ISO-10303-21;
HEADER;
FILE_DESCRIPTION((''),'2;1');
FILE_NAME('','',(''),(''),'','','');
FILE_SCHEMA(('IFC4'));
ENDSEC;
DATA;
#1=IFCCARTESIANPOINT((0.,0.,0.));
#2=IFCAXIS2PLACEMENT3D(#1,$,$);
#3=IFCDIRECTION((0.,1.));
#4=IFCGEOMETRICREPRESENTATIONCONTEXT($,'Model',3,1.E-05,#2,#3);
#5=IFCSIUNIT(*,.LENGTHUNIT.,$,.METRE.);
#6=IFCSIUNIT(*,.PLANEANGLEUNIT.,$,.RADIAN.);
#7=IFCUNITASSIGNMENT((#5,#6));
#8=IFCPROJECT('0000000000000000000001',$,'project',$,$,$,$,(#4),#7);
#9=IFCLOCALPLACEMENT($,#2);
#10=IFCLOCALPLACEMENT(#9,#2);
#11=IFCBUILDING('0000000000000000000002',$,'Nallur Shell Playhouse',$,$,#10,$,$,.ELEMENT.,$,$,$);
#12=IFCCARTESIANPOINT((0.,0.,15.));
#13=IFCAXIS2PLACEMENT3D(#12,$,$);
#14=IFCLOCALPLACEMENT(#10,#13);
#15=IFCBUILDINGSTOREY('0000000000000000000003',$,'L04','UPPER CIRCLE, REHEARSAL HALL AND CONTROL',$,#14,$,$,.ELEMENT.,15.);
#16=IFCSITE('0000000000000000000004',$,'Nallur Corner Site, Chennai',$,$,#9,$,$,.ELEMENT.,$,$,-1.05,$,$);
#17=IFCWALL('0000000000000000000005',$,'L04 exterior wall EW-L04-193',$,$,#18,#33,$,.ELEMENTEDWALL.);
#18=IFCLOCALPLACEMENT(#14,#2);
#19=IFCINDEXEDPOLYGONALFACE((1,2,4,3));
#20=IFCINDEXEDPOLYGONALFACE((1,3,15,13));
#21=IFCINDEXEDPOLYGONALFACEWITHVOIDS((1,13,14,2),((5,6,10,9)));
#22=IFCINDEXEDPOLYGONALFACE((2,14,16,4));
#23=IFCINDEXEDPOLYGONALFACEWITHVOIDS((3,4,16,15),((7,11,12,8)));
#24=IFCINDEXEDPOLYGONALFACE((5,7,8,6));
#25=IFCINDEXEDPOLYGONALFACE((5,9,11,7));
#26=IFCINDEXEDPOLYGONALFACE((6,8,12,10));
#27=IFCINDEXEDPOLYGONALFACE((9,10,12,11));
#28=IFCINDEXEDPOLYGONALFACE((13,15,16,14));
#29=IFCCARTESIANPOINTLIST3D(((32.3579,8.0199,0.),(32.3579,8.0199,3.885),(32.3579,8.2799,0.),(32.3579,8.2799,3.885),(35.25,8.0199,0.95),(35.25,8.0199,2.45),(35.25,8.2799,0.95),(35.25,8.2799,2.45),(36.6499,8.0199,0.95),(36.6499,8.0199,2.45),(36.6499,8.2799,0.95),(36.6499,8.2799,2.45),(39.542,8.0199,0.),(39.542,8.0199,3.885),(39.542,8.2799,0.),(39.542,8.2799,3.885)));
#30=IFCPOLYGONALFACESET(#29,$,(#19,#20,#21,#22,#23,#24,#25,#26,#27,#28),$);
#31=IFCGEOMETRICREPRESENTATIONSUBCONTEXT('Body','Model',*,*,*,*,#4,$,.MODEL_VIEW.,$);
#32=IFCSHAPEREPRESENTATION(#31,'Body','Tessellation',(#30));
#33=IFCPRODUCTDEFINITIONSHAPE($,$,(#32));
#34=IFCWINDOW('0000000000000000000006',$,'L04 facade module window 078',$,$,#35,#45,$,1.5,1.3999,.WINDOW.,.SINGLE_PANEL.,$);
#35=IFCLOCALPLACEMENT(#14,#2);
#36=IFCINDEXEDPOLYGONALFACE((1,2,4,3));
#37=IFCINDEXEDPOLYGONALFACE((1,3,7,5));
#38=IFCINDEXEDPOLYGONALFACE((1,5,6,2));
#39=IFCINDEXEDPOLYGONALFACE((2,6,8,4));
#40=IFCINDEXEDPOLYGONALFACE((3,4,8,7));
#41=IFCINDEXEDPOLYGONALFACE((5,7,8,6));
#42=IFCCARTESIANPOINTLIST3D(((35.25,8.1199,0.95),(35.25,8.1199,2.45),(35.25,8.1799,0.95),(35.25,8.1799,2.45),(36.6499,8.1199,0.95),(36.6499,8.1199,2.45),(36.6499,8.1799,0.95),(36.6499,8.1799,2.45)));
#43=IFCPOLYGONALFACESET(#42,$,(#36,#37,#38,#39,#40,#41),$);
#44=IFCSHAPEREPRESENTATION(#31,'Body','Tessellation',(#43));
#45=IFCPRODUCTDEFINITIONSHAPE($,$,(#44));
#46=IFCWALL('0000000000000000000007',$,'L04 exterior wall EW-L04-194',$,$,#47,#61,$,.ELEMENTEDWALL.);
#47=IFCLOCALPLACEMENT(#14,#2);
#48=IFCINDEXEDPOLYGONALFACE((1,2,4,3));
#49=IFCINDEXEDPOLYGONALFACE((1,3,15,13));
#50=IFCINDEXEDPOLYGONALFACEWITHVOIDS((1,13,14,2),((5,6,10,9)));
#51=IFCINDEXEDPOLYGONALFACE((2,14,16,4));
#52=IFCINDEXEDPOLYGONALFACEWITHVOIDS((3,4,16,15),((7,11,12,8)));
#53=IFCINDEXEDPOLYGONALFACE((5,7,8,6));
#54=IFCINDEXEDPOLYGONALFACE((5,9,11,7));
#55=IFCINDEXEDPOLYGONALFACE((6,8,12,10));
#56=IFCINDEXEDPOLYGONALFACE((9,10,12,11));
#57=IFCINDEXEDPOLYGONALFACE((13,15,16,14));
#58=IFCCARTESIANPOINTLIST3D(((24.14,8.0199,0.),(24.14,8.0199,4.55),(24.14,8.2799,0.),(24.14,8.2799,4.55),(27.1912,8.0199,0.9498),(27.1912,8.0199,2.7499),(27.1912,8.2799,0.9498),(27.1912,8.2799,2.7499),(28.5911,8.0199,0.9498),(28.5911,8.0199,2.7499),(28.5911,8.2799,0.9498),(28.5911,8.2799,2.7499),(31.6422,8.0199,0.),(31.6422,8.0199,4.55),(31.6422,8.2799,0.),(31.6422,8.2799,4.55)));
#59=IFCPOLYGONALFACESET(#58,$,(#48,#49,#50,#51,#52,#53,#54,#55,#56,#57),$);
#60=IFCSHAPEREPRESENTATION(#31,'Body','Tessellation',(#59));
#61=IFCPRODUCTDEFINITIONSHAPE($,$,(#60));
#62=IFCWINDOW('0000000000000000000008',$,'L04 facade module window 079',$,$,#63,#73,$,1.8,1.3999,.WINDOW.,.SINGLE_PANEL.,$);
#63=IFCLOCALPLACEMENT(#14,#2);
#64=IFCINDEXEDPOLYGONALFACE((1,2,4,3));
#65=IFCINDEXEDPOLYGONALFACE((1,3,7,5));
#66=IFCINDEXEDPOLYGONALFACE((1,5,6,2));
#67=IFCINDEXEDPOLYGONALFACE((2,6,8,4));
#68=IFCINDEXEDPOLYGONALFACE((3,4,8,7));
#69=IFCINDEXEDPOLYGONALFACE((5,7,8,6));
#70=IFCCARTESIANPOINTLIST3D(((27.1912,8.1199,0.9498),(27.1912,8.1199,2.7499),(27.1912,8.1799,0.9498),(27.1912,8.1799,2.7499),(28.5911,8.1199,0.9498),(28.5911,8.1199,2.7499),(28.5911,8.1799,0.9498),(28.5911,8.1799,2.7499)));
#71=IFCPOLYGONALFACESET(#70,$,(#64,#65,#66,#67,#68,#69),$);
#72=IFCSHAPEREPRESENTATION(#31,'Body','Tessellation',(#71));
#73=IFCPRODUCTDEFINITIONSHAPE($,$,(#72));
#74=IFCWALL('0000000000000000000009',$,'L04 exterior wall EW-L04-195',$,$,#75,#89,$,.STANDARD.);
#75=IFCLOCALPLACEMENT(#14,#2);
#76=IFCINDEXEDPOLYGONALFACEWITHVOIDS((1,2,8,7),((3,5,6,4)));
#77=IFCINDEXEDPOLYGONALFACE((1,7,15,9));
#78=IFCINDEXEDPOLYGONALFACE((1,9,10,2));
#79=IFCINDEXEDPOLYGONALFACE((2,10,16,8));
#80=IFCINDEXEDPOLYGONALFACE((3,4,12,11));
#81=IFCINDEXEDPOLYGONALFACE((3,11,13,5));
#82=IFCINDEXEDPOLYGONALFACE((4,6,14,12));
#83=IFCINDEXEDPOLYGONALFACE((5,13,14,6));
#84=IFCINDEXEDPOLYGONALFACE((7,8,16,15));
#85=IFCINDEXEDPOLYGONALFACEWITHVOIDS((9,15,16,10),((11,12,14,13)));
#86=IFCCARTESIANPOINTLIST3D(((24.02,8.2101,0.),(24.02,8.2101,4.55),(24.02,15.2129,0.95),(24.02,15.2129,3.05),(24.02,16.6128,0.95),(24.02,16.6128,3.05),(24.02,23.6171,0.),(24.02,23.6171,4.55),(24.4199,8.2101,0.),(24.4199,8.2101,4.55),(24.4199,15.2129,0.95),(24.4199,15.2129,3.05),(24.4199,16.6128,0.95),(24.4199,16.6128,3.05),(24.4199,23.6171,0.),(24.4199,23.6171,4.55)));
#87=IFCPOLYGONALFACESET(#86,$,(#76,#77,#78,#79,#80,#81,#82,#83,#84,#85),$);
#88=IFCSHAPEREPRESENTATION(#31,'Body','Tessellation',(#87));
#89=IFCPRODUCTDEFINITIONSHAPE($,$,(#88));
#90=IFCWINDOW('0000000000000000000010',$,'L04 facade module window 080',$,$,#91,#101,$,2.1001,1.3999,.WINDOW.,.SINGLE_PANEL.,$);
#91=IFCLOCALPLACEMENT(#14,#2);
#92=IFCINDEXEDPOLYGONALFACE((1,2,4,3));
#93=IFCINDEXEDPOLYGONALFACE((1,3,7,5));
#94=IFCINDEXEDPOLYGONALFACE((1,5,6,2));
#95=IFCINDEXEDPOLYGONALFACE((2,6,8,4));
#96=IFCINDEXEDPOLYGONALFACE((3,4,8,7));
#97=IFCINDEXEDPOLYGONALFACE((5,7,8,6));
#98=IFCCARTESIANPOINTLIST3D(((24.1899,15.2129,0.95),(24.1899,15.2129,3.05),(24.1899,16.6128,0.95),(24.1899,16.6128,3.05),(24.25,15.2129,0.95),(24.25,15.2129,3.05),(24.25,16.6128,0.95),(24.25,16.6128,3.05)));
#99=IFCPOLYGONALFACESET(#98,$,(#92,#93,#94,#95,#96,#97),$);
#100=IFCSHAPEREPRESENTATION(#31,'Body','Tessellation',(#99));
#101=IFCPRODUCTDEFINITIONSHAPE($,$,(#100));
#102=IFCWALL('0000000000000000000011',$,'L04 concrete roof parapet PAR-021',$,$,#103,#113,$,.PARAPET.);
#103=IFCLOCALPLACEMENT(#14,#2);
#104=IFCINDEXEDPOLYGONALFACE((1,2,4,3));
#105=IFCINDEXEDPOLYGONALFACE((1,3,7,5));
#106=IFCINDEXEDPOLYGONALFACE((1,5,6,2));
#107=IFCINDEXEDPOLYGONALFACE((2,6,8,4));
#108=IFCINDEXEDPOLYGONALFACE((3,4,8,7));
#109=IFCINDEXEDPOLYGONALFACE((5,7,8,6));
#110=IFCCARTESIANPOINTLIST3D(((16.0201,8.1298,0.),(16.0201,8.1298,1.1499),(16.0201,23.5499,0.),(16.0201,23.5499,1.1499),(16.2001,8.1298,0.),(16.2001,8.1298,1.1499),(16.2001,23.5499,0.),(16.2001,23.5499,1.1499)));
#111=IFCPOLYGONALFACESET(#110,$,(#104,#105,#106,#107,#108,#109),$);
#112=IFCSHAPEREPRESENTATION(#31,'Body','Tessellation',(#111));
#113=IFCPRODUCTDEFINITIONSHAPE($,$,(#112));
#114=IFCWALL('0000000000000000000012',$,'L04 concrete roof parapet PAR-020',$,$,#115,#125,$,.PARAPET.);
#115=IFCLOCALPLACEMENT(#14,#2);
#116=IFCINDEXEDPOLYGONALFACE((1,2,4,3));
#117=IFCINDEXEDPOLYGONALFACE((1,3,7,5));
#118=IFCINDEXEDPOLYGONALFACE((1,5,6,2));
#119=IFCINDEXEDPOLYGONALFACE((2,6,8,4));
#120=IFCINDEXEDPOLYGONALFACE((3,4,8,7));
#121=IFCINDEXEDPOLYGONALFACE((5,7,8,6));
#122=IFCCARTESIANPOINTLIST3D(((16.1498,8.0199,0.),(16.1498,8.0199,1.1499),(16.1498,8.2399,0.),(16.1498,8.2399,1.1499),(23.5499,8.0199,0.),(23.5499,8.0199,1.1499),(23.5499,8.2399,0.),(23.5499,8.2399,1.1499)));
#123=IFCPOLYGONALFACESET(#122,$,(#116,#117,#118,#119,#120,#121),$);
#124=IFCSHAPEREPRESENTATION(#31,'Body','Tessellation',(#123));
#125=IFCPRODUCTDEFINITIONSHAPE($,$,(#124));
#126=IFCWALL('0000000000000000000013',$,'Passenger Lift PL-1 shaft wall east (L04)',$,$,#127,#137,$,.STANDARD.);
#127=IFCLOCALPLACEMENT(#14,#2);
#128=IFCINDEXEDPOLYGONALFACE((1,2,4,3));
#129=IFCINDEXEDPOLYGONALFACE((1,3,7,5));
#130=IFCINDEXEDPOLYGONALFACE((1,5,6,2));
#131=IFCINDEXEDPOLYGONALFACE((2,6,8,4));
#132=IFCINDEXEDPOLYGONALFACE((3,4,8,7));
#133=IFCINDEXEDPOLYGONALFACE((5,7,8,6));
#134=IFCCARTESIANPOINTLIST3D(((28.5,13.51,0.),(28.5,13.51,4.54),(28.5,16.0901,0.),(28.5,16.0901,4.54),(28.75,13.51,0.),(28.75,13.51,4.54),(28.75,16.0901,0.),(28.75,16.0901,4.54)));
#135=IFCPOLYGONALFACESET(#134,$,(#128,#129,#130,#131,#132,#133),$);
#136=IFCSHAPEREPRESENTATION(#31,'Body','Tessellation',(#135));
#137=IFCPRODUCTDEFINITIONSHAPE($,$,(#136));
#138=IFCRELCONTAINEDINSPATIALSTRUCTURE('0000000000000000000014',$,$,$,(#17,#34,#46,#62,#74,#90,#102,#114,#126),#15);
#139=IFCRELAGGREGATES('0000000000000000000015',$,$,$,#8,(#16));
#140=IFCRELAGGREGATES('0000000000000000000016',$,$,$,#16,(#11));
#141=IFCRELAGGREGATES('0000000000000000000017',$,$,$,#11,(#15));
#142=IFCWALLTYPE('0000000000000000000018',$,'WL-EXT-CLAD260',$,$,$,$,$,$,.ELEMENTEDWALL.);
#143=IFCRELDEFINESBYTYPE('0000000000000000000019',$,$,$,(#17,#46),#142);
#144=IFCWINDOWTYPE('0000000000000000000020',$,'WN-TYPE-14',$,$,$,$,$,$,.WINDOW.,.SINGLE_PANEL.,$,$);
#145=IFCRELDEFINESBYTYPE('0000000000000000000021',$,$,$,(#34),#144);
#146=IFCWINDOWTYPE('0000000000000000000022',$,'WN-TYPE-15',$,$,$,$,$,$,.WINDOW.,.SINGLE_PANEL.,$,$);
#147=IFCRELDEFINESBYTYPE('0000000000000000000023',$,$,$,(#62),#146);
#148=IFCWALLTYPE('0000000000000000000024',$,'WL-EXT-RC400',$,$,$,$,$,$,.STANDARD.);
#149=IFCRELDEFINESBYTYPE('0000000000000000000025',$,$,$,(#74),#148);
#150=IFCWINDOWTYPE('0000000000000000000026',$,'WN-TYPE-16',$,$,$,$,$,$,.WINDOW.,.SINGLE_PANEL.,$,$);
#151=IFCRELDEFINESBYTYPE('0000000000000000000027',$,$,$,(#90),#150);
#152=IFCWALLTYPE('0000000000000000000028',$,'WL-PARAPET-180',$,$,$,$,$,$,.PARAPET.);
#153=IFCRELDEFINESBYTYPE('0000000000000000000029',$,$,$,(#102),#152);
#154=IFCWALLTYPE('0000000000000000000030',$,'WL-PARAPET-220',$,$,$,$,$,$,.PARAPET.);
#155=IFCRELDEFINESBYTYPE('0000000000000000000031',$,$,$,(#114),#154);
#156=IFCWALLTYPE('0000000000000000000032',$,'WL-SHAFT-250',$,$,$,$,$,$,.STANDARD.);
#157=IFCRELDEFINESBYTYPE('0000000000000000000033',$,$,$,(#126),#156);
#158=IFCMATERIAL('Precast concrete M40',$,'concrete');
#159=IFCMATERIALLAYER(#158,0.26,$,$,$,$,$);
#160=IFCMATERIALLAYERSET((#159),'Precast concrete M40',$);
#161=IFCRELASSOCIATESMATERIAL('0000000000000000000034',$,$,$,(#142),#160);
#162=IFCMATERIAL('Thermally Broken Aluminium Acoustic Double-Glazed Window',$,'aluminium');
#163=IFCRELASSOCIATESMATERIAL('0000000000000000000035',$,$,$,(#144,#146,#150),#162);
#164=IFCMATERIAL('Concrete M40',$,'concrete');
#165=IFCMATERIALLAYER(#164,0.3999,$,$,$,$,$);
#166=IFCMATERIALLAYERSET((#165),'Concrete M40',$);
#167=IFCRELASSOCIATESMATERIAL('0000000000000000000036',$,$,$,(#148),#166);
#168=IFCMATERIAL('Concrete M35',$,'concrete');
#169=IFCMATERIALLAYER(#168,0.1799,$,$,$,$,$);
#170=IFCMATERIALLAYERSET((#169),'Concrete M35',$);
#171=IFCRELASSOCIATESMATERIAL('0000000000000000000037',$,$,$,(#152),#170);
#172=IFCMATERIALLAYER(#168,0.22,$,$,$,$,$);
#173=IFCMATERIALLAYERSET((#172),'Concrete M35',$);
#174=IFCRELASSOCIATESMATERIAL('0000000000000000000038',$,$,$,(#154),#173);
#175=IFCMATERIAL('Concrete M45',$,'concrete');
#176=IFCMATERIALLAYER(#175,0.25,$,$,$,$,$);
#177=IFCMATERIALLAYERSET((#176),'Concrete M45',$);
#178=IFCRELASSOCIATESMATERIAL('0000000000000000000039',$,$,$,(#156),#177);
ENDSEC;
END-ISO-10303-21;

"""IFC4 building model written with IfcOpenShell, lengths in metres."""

from ifc_helpers import new_model, si_unit, direction, frame, frame_2d, origin, place, context, subcontext, project, spatial, rectangle, extrude, material, layer, layer_set, type_object, element, fill, save


model = new_model("IFC4")

# Units and contexts
model_context = context("Model", 3, precision=1e-05, world=origin(), true_north=direction((0.0, 1.0)))
body_context = subcontext(model_context, "Body", "Model", "MODEL_VIEW")
ifc_project = project(units=[si_unit("LENGTHUNIT", "METRE"), si_unit("PLANEANGLEUNIT", "RADIAN")], contexts=[model_context])

# Site, building, storey
site_placement = place(None, origin())
site = spatial("IfcSite", under=ifc_project, at=site_placement, Name="Nallur Corner Site, Chennai", CompositionType="ELEMENT", RefElevation=-1.05)
building_placement = place(site_placement, origin())
building = spatial("IfcBuilding", under=site, at=building_placement, Name="Nallur Shell Playhouse", CompositionType="ELEMENT")
storey_placement = place(building_placement, frame((0.0, 0.0, 15.0)))
storey = spatial("IfcBuildingStorey", under=building, at=storey_placement, Name="L04", Description="UPPER CIRCLE, REHEARSAL HALL AND CONTROL", CompositionType="ELEMENT", Elevation=15.0)

# Shared definitions
ifc_material_1 = material(Name="Concrete M40", Category="concrete")

# Shared definitions
ifc_material_2 = material(Name="Concrete M35", Category="concrete")

# Shared definitions
ifc_material_3 = material(Name="Concrete M45", Category="concrete")

# Walls, openings, windows
ifc_material_4 = material(Name="Precast concrete M40", Category="concrete")
ifc_layer_1 = layer(ifc_material_4, 0.26)
ifc_layer_set_1 = layer_set([ifc_layer_1], Name="Precast concrete M40")
wall_type_1 = type_object("IfcWallType", Name="WL-EXT-CLAD260", PredefinedType="ELEMENTEDWALL", material=ifc_layer_set_1)
wall_1_placement = place(storey_placement, frame((39.542, 8.1499, 0.0), z_axis=(0.0, 0.0, 1.0), x_axis=(-1.0, 0.0, 0.0)))
wall_1 = element("IfcWall", 1, at=wall_1_placement, inside=storey, type_object=wall_type_1, Name="L04 exterior wall EW-L04-193", PredefinedType="ELEMENTEDWALL", context=body_context, shape_type="SweptSolid", body=[
    extrude(rectangle(XDim=7.1841, YDim=0.26, at=frame_2d((3.592, 0.0))), origin(), (0.0, 0.0, 1.0), 3.885),
])
opening_1_placement = place(wall_1_placement, frame((2.8921, 0.0, 0.95)))
opening_1 = element("IfcOpeningElement", 2, at=opening_1_placement, cuts=wall_1, PredefinedType="OPENING", context=body_context, shape_type="SweptSolid", body=[
    extrude(rectangle(XDim=1.3999, YDim=1.5, at=frame_2d((0.7, 0.75))), frame((0.0, 0.1401, 0.0), z_axis=(0.0, -1.0, 0.0), x_axis=(1.0, 0.0, 0.0)), (0.0, 0.0, 1.0), 0.28),
])
ifc_material_5 = material(Name="Thermally Broken Aluminium Acoustic Double-Glazed Window", Category="aluminium")
window_type_1 = type_object("IfcWindowType", Name="WN-TYPE-14", PartitioningType="SINGLE_PANEL", PredefinedType="WINDOW", material=ifc_material_5)
window_1_placement = place(opening_1_placement, origin())
window_1 = element("IfcWindow", 3, at=window_1_placement, inside=storey, type_object=window_type_1, Name="L04 facade module window 078", OverallHeight=1.5, OverallWidth=1.3999, PartitioningType="SINGLE_PANEL", PredefinedType="WINDOW", context=body_context, shape_type="SweptSolid", body=[
    extrude(rectangle(XDim=1.3999, YDim=1.5, at=frame_2d((0.7, 0.75))), frame((0.0, 0.03, 0.0), z_axis=(0.0, -1.0, 0.0), x_axis=(1.0, 0.0, 0.0)), (0.0, 0.0, 1.0), 0.0601),
])
fill(opening_1, window_1)
wall_2_placement = place(storey_placement, frame((31.6421, 8.1499, 0.0), z_axis=(0.0, 0.0, 1.0), x_axis=(-1.0, 0.0, 0.0)))
wall_2 = element("IfcWall", 4, at=wall_2_placement, inside=storey, type_object=wall_type_1, Name="L04 exterior wall EW-L04-194", PredefinedType="ELEMENTEDWALL", context=body_context, shape_type="SweptSolid", body=[
    extrude(rectangle(XDim=7.5022, YDim=0.26, at=frame_2d((3.751, 0.0))), origin(), (0.0, 0.0, 1.0), 4.55),
])
opening_2_placement = place(wall_2_placement, frame((3.051, 0.0, 0.95)))
opening_2 = element("IfcOpeningElement", 5, at=opening_2_placement, cuts=wall_2, PredefinedType="OPENING", context=body_context, shape_type="SweptSolid", body=[
    extrude(rectangle(XDim=1.3999, YDim=1.8, at=frame_2d((0.7, 0.8999))), frame((0.0, 0.1401, 0.0), z_axis=(0.0, -1.0, 0.0), x_axis=(1.0, 0.0, 0.0)), (0.0, 0.0, 1.0), 0.28),
])
window_type_2 = type_object("IfcWindowType", Name="WN-TYPE-15", PartitioningType="SINGLE_PANEL", PredefinedType="WINDOW", material=ifc_material_5)
window_2_placement = place(opening_2_placement, origin())
window_2 = element("IfcWindow", 6, at=window_2_placement, inside=storey, type_object=window_type_2, Name="L04 facade module window 079", OverallHeight=1.8, OverallWidth=1.3999, PartitioningType="SINGLE_PANEL", PredefinedType="WINDOW", context=body_context, shape_type="SweptSolid", body=[
    extrude(rectangle(XDim=1.3999, YDim=1.8, at=frame_2d((0.7, 0.8999))), frame((0.0, 0.03, 0.0), z_axis=(0.0, -1.0, 0.0), x_axis=(1.0, 0.0, 0.0)), (0.0, 0.0, 1.0), 0.0601),
])
fill(opening_2, window_2)
ifc_layer_2 = layer(ifc_material_1, 0.3999)
ifc_layer_set_2 = layer_set([ifc_layer_2], Name="Concrete M40")
wall_type_2 = type_object("IfcWallType", Name="WL-EXT-RC400", PredefinedType="STANDARD", material=ifc_layer_set_2)
wall_3_placement = place(storey_placement, frame((24.22, 8.21, 0.0), z_axis=(0.0, 0.0, 1.0), x_axis=(0.0, 1.0, 0.0)))
wall_3 = element("IfcWall", 7, at=wall_3_placement, inside=storey, type_object=wall_type_2, Name="L04 exterior wall EW-L04-195", PredefinedType="STANDARD", context=body_context, shape_type="SweptSolid", body=[
    extrude(rectangle(XDim=15.407, YDim=0.3999, at=frame_2d((7.7036, 0.0))), origin(), (0.0, 0.0, 1.0), 4.55),
])
opening_3_placement = place(wall_3_placement, frame((7.0029, 0.0, 0.95)))
opening_3 = element("IfcOpeningElement", 8, at=opening_3_placement, cuts=wall_3, PredefinedType="OPENING", context=body_context, shape_type="SweptSolid", body=[
    extrude(rectangle(XDim=1.3999, YDim=2.1001, at=frame_2d((0.7, 1.05))), frame((0.0, 0.21, 0.0), z_axis=(0.0, -1.0, 0.0), x_axis=(1.0, 0.0, 0.0)), (0.0, 0.0, 1.0), 0.4199),
])
window_type_3 = type_object("IfcWindowType", Name="WN-TYPE-16", PartitioningType="SINGLE_PANEL", PredefinedType="WINDOW", material=ifc_material_5)
window_3_placement = place(opening_3_placement, origin())
window_3 = element("IfcWindow", 9, at=window_3_placement, inside=storey, type_object=window_type_3, Name="L04 facade module window 080", OverallHeight=2.1001, OverallWidth=1.3999, PartitioningType="SINGLE_PANEL", PredefinedType="WINDOW", context=body_context, shape_type="SweptSolid", body=[
    extrude(rectangle(XDim=1.3999, YDim=2.1001, at=frame_2d((0.7, 1.05))), frame((0.0, 0.03, 0.0), z_axis=(0.0, -1.0, 0.0), x_axis=(1.0, 0.0, 0.0)), (0.0, 0.0, 1.0), 0.0601),
])
fill(opening_3, window_3)

# Walls
ifc_layer_3 = layer(ifc_material_2, 0.1799)
ifc_layer_set_3 = layer_set([ifc_layer_3], Name="Concrete M35")
wall_type_3 = type_object("IfcWallType", Name="WL-PARAPET-180", PredefinedType="PARAPET", material=ifc_layer_set_3)
wall_4_placement = place(storey_placement, frame((16.1101, 8.1299, 0.0), z_axis=(0.0, 0.0, 1.0), x_axis=(0.0, 1.0, 0.0)))
element("IfcWall", 10, at=wall_4_placement, inside=storey, type_object=wall_type_3, Name="L04 concrete roof parapet PAR-021", PredefinedType="PARAPET", context=body_context, shape_type="SweptSolid", body=[
    extrude(rectangle(XDim=15.4202, YDim=0.1799, at=frame_2d((7.71, 0.0))), origin(), (0.0, 0.0, 1.0), 1.1499),
])
ifc_layer_4 = layer(ifc_material_2, 0.22)
ifc_layer_set_4 = layer_set([ifc_layer_4], Name="Concrete M35")
wall_type_4 = type_object("IfcWallType", Name="WL-PARAPET-220", PredefinedType="PARAPET", material=ifc_layer_set_4)
wall_5_placement = place(storey_placement, frame((23.55, 8.1299, 0.0), z_axis=(0.0, 0.0, 1.0), x_axis=(-1.0, 0.0, 0.0)))
element("IfcWall", 11, at=wall_5_placement, inside=storey, type_object=wall_type_4, Name="L04 concrete roof parapet PAR-020", PredefinedType="PARAPET", context=body_context, shape_type="SweptSolid", body=[
    extrude(rectangle(XDim=7.4001, YDim=0.22, at=frame_2d((3.7002, 0.0))), origin(), (0.0, 0.0, 1.0), 1.1499),
])

# Shared definitions
ifc_layer_5 = layer(ifc_material_3, 0.25)
ifc_layer_set_5 = layer_set([ifc_layer_5], Name="Concrete M45")
wall_type_5 = type_object("IfcWallType", Name="WL-SHAFT-250", PredefinedType="STANDARD", material=ifc_layer_set_5)

# Wall
wall_6_placement = place(storey_placement, frame((28.625, 13.51, 0.0), z_axis=(0.0, 0.0, 1.0), x_axis=(0.0, 1.0, 0.0)))
element("IfcWall", 12, at=wall_6_placement, inside=storey, type_object=wall_type_5, Name="Passenger Lift PL-1 shaft wall east (L04)", PredefinedType="STANDARD", context=body_context, shape_type="SweptSolid", body=[
    extrude(rectangle(XDim=2.5801, YDim=0.25, at=frame_2d((1.29, 0.0))), origin(), (0.0, 0.0, 1.0), 4.54),
])

save(model, "model.ifc")
